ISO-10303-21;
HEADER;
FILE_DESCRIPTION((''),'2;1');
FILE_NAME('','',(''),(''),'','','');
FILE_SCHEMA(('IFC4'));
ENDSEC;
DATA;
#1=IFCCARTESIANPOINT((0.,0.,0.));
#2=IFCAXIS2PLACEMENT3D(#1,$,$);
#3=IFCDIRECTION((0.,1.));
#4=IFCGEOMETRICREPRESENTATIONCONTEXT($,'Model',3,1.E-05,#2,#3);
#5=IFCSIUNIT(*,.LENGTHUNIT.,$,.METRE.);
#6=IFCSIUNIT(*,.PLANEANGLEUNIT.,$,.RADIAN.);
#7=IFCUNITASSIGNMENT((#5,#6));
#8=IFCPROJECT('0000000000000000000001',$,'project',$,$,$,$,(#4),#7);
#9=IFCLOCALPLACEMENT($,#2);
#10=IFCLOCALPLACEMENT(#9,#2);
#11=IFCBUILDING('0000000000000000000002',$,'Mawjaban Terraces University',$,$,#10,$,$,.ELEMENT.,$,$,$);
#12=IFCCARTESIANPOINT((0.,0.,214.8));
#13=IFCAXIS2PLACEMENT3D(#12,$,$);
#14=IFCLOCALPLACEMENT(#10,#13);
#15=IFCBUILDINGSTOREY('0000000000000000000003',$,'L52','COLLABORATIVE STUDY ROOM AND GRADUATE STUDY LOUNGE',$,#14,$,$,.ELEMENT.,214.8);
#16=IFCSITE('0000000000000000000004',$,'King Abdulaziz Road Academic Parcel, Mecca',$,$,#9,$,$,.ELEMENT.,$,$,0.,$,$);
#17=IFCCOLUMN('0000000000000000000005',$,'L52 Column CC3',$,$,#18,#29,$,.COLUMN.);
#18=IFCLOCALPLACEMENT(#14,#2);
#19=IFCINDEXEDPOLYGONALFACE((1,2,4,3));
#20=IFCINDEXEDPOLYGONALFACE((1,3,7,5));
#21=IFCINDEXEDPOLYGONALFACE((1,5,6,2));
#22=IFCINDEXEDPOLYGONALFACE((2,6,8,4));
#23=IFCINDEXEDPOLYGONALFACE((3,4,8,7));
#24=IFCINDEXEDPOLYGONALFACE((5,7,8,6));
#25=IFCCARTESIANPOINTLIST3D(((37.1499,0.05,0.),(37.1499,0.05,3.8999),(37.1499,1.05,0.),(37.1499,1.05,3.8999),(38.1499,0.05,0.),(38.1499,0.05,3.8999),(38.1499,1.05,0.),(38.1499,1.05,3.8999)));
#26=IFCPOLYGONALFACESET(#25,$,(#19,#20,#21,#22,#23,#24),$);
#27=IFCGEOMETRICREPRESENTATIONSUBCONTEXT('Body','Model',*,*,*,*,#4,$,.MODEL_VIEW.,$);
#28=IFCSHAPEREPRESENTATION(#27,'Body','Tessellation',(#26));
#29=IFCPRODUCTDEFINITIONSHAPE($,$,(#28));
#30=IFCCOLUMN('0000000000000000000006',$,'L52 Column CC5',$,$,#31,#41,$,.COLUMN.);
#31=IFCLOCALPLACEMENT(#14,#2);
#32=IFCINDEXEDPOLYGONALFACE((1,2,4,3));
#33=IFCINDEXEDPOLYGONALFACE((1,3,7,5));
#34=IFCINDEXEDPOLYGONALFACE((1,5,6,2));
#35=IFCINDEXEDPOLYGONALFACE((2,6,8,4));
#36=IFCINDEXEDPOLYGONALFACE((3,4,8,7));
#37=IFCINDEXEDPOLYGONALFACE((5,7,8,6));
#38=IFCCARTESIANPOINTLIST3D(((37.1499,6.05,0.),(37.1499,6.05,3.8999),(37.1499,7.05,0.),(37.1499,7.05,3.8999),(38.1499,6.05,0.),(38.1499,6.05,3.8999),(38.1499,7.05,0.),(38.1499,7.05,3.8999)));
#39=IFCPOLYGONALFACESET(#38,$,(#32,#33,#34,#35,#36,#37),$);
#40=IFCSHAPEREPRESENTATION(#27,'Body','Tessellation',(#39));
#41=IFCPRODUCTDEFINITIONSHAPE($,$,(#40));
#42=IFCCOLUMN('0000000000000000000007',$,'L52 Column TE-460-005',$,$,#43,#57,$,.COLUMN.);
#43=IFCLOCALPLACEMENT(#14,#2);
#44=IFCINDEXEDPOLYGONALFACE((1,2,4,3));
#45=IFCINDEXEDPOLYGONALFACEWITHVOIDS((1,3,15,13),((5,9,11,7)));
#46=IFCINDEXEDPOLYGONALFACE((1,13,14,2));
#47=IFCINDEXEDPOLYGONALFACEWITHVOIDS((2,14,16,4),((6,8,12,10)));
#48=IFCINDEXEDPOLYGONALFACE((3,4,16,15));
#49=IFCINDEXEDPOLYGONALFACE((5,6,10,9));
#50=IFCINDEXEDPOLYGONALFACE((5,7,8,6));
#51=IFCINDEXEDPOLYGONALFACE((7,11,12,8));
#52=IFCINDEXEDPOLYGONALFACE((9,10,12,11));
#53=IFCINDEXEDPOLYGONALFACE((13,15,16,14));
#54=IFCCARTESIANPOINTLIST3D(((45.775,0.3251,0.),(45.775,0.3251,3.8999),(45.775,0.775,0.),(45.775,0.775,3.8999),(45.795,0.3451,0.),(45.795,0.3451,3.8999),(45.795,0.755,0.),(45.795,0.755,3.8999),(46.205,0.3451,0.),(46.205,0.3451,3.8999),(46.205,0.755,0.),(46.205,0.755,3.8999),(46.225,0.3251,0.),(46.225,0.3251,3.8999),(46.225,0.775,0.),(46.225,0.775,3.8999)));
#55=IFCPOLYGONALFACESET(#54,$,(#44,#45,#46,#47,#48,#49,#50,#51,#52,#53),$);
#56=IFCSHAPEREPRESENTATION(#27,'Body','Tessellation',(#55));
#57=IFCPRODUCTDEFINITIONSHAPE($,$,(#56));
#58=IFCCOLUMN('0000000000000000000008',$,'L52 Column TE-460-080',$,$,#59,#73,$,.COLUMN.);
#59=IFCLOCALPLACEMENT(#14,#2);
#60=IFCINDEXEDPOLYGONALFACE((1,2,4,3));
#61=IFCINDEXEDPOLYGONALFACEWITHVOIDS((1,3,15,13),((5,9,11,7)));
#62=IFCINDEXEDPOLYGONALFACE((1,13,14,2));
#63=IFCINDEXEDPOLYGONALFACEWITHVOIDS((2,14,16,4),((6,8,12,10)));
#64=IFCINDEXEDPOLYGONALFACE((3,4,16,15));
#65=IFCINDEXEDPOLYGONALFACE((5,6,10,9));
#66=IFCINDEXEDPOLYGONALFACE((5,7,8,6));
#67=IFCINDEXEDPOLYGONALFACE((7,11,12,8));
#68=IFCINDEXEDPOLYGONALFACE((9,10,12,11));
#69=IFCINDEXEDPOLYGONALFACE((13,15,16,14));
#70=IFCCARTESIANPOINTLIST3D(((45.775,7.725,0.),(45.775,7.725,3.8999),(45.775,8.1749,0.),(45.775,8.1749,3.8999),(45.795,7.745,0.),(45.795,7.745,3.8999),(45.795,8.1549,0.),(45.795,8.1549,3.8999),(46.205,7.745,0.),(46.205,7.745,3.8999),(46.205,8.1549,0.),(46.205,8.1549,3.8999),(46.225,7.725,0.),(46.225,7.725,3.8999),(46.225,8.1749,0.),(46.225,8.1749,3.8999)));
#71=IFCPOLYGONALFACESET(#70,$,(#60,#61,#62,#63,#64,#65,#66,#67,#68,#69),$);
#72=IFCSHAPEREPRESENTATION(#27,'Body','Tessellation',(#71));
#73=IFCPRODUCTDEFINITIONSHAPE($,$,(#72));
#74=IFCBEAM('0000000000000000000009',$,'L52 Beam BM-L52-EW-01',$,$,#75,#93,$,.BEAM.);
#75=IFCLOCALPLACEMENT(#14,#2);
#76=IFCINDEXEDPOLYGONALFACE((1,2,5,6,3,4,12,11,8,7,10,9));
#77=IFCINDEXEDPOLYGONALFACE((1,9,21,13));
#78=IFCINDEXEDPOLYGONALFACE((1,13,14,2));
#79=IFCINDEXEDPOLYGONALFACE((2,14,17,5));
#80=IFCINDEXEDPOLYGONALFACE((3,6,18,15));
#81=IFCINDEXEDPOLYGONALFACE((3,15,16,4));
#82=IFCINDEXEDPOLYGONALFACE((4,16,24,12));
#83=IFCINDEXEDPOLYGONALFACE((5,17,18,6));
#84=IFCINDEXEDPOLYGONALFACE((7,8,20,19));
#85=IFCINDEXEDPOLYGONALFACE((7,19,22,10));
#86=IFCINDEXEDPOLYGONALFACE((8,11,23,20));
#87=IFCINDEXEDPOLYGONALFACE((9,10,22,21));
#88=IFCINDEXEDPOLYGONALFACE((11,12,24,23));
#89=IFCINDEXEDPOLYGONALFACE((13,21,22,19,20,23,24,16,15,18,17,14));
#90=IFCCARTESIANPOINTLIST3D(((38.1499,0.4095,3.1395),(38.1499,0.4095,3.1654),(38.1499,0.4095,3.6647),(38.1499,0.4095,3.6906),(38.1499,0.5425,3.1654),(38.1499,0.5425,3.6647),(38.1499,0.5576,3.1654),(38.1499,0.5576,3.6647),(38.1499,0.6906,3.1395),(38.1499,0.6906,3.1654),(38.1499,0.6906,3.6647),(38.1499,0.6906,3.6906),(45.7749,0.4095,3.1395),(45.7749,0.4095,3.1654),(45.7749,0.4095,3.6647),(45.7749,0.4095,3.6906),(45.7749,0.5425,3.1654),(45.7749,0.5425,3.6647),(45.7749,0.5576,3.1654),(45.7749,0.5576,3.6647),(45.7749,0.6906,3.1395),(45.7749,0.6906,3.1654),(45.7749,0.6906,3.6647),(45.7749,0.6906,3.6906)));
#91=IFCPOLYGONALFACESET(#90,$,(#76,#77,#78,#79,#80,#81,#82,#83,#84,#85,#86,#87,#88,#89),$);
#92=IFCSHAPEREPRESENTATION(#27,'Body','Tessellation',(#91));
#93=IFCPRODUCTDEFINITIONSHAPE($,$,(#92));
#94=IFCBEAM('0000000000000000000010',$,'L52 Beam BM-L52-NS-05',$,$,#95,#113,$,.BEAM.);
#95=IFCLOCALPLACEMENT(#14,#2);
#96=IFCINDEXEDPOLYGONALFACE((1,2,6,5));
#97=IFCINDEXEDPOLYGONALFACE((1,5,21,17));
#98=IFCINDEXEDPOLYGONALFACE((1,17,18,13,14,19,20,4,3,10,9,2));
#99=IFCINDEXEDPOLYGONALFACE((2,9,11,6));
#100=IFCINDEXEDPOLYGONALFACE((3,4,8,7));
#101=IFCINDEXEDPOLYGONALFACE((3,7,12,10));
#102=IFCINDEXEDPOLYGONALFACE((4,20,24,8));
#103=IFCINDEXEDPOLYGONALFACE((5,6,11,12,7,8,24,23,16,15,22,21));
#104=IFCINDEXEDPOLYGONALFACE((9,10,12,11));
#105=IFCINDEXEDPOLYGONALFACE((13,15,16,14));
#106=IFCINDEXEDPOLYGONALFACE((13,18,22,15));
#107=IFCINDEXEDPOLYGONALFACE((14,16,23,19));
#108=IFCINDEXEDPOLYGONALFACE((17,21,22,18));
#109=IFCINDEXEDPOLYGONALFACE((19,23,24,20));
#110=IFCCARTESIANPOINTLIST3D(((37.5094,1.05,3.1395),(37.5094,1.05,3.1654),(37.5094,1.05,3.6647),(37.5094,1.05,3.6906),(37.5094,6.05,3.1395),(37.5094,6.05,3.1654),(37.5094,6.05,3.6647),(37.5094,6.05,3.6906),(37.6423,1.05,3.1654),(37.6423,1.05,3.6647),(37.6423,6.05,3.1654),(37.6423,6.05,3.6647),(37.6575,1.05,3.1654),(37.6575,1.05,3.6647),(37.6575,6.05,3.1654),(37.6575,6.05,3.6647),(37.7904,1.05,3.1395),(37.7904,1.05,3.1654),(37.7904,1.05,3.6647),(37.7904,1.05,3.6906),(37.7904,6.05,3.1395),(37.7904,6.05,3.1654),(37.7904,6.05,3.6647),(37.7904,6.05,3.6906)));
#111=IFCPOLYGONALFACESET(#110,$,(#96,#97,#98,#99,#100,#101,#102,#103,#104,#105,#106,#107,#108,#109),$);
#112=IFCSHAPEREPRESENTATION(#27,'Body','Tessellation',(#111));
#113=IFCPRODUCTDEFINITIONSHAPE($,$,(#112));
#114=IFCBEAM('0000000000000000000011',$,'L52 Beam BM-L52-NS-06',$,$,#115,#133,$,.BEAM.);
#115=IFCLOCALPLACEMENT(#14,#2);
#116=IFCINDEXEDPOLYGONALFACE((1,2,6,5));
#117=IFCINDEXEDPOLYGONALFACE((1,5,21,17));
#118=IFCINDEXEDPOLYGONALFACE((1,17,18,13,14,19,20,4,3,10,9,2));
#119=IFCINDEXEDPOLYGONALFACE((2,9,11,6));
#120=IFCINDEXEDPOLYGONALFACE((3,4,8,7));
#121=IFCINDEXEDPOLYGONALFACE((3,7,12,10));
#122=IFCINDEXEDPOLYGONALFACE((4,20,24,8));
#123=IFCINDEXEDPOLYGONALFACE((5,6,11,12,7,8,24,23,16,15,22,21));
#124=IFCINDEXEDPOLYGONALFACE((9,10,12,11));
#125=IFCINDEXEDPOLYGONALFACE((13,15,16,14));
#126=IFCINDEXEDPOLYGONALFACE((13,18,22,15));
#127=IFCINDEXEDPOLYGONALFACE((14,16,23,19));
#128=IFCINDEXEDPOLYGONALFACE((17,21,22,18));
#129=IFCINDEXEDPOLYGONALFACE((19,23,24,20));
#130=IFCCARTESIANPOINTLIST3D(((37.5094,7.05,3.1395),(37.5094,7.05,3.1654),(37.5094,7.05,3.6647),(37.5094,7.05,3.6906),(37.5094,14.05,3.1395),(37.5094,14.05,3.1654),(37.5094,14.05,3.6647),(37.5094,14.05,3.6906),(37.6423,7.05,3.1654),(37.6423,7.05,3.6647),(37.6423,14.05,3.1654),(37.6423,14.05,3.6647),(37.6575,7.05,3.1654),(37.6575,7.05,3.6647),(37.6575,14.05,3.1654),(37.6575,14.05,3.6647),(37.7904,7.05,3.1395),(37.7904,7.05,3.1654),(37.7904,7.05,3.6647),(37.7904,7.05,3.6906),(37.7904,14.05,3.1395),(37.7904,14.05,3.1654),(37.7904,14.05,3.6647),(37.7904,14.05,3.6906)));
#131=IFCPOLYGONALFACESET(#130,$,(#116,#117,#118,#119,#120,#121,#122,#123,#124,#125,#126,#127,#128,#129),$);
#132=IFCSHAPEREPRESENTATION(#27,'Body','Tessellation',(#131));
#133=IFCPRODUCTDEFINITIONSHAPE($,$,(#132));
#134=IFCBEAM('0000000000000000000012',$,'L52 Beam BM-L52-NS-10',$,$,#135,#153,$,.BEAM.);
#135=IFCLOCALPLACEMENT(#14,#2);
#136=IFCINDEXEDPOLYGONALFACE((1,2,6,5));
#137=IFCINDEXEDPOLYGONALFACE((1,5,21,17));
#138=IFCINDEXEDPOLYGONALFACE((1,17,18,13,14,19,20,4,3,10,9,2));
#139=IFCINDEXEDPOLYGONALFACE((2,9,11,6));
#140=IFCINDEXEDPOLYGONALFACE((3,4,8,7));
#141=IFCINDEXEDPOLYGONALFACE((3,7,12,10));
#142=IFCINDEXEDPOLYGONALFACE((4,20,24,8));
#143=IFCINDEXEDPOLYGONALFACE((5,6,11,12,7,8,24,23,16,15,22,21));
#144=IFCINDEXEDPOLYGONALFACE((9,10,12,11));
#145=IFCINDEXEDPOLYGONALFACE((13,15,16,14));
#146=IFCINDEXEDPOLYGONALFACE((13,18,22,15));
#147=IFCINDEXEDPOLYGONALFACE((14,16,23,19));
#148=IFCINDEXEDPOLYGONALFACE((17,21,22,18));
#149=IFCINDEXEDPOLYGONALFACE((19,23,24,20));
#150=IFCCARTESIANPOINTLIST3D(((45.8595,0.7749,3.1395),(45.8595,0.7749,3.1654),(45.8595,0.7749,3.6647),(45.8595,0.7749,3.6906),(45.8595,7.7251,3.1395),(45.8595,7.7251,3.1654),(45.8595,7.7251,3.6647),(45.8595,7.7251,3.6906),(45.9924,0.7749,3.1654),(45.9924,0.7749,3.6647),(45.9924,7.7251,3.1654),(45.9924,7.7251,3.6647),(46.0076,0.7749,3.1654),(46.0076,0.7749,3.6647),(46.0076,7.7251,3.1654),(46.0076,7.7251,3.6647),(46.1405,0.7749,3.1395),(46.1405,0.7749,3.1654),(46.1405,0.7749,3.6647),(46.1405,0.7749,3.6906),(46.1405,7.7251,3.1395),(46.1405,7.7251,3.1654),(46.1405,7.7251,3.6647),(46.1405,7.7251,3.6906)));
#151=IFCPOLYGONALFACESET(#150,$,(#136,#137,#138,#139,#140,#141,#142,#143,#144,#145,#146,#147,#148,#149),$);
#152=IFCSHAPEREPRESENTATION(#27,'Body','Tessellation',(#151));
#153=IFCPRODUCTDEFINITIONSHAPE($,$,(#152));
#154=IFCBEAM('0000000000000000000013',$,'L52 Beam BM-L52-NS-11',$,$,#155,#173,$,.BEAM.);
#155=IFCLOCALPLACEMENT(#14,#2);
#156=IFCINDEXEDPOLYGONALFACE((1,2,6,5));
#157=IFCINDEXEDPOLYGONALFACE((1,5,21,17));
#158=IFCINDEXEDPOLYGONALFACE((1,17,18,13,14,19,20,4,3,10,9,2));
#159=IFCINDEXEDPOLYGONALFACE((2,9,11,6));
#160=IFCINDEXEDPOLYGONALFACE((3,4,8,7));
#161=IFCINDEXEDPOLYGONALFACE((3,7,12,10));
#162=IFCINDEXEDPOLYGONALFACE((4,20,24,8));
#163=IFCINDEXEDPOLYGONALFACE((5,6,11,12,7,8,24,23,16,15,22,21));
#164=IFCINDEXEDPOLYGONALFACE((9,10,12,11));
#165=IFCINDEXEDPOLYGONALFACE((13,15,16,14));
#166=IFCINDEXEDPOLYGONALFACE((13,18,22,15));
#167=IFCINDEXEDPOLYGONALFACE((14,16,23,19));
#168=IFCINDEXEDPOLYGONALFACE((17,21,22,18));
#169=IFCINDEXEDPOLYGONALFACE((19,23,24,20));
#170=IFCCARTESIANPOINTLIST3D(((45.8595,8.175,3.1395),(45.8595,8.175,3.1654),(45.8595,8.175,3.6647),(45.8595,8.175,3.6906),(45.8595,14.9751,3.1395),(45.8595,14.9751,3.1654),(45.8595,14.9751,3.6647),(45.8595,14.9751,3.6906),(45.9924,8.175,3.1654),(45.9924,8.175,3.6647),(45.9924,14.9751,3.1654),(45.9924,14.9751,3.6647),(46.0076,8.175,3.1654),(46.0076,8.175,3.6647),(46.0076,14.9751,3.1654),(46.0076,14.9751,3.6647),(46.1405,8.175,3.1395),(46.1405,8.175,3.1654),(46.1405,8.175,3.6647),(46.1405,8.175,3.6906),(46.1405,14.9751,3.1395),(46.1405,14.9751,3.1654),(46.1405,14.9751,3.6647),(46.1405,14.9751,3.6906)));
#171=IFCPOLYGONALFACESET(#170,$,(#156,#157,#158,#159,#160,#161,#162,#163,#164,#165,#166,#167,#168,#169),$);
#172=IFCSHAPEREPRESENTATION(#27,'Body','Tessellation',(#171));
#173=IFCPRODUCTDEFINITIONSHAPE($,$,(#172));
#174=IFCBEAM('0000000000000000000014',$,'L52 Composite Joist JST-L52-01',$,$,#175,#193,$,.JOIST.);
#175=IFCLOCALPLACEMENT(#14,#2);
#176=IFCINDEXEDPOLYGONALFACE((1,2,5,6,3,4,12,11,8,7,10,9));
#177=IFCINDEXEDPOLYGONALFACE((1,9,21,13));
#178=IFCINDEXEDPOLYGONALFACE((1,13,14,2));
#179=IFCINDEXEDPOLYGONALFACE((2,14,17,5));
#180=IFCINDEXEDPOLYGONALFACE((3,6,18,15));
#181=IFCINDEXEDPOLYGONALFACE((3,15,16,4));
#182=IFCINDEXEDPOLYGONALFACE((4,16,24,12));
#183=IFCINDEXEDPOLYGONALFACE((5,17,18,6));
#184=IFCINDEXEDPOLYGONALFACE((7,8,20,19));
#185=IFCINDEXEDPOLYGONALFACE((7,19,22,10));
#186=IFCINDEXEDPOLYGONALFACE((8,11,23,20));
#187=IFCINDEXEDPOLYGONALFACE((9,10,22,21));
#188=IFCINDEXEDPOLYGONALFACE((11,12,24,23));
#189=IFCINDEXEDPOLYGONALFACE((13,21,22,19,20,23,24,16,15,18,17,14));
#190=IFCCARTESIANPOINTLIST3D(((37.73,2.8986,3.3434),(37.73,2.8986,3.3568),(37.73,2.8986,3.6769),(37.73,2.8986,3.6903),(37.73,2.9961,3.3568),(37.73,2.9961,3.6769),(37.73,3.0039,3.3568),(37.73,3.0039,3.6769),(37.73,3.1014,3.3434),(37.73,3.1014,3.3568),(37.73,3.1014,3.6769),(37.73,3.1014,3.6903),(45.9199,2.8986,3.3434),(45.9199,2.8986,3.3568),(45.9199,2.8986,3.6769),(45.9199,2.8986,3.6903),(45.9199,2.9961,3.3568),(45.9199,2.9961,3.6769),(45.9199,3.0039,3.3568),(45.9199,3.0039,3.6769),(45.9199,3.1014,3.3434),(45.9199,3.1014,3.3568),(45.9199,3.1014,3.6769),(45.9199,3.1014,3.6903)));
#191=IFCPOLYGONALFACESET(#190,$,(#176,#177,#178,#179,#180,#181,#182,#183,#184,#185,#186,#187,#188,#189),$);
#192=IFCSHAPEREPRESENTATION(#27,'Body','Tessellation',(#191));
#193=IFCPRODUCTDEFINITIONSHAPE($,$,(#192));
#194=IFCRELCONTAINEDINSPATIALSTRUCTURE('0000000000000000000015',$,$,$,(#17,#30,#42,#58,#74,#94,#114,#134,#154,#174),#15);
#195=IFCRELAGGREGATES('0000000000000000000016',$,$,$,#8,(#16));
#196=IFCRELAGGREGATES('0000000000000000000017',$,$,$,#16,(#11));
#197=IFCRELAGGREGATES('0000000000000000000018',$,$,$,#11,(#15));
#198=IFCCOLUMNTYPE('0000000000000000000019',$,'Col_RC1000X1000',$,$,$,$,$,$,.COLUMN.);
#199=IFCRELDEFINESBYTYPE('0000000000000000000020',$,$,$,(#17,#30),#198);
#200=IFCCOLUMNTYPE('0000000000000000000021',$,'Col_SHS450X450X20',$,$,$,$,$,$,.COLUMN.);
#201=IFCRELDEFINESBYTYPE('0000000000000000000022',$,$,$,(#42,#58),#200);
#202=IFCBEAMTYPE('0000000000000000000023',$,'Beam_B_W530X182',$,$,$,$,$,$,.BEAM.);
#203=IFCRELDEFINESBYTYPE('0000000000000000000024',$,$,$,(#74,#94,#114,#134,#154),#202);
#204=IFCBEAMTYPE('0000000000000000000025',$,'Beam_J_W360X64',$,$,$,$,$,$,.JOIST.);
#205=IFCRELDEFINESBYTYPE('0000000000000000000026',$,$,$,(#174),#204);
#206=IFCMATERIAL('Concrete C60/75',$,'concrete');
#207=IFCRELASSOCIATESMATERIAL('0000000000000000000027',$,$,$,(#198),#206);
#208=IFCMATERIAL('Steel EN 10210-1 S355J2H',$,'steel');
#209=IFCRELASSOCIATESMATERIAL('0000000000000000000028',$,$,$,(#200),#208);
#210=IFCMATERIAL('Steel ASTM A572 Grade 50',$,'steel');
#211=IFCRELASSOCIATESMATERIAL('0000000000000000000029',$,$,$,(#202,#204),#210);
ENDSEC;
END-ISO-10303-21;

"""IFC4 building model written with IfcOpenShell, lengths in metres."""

from ifc_helpers import new_model, si_unit, direction, frame, origin, origin_2d, place, context, subcontext, project, spatial, rectangle, hollow_rectangle, i_section, extrude, material, material_profile, profile_set, type_object, element, save


model = new_model("IFC4")

# Units and contexts
model_context = context("Model", 3, precision=1e-05, world=origin(), true_north=direction((0.0, 1.0)))
body_context = subcontext(model_context, "Body", "Model", "MODEL_VIEW")
ifc_project = project(units=[si_unit("LENGTHUNIT", "METRE"), si_unit("PLANEANGLEUNIT", "RADIAN")], contexts=[model_context])

# Site, building, storey
site_placement = place(None, origin())
site = spatial("IfcSite", under=ifc_project, at=site_placement, Name="King Abdulaziz Road Academic Parcel, Mecca", CompositionType="ELEMENT", RefElevation=0.0)
building_placement = place(site_placement, origin())
building = spatial("IfcBuilding", under=site, at=building_placement, Name="Mawjaban Terraces University", CompositionType="ELEMENT")
storey_placement = place(building_placement, frame((0.0, 0.0, 214.8)))
storey = spatial("IfcBuildingStorey", under=building, at=storey_placement, Name="L52", Description="COLLABORATIVE STUDY ROOM AND GRADUATE STUDY LOUNGE", CompositionType="ELEMENT", Elevation=214.8)

# Columns
ifc_material_1 = material(Name="Concrete C60/75", Category="concrete")
ifc_material_profile_1 = material_profile(ifc_material_1, rectangle(XDim=1.0, YDim=1.0, at=origin_2d()), Name="RC1000X1000")
ifc_profile_set_1 = profile_set([ifc_material_profile_1], Name="Concrete C60/75")
column_type_1 = type_object("IfcColumnType", Name="Col_RC1000X1000", PredefinedType="COLUMN", material=ifc_profile_set_1)
for number, where, z_axis, x_axis, name in (
    (1, (37.6499, 0.55, 0.0), (0.0, 0.0, 1.0), (1.0, 0.0, 0.0), "L52 Column CC3"),
    (2, (37.6499, 6.55, 0.0), (0.0, 0.0, 1.0), (1.0, 0.0, 0.0), "L52 Column CC5"),
):
    element("IfcColumn", number, at=place(storey_placement, frame(where, z_axis=z_axis, x_axis=x_axis)), inside=storey, type_object=column_type_1, Name=name, PredefinedType="COLUMN", context=body_context, shape_type="SweptSolid", body=[
        extrude(rectangle(XDim=1.0, YDim=1.0, at=origin_2d()), origin(), (0.0, 0.0, 1.0), 3.8999),
    ])
ifc_material_2 = material(Name="Steel EN 10210-1 S355J2H", Category="steel")
ifc_material_profile_2 = material_profile(ifc_material_2, hollow_rectangle(XDim=0.45, YDim=0.45, WallThickness=0.02, at=origin_2d()), Name="SHS450X450X20")
ifc_profile_set_2 = profile_set([ifc_material_profile_2], Name="Steel EN 10210-1 S355J2H")
column_type_2 = type_object("IfcColumnType", Name="Col_SHS450X450X20", PredefinedType="COLUMN", material=ifc_profile_set_2)
for number, where, z_axis, x_axis, name in (
    (3, (46.0, 0.55, 0.0), (0.0, 0.0, 1.0), (1.0, 0.0, 0.0), "L52 Column TE-460-005"),
    (4, (46.0, 7.95, 0.0), (0.0, 0.0, 1.0), (1.0, 0.0, 0.0), "L52 Column TE-460-080"),
):
    element("IfcColumn", number, at=place(storey_placement, frame(where, z_axis=z_axis, x_axis=x_axis)), inside=storey, type_object=column_type_2, Name=name, PredefinedType="COLUMN", context=body_context, shape_type="SweptSolid", body=[
        extrude(hollow_rectangle(XDim=0.45, YDim=0.45, WallThickness=0.02, at=origin_2d()), origin(), (0.0, 0.0, 1.0), 3.8999),
    ])

# Beams
ifc_material_3 = material(Name="Steel ASTM A572 Grade 50", Category="steel")
ifc_material_profile_3 = material_profile(ifc_material_3, i_section(OverallWidth=0.281, OverallDepth=0.551, WebThickness=0.0151, FlangeThickness=0.0259, at=origin_2d()), Name="W530X182")
ifc_profile_set_3 = profile_set([ifc_material_profile_3], Name="Steel ASTM A572 Grade 50")
beam_type_1 = type_object("IfcBeamType", Name="Beam_B_W530X182", PredefinedType="BEAM", material=ifc_profile_set_3)
beam_1_placement = place(storey_placement, frame((38.1499, 0.55, 3.415), z_axis=(1.0, 0.0, 0.0), x_axis=(0.0, 1.0, 0.0)))
element("IfcBeam", 5, at=beam_1_placement, inside=storey, type_object=beam_type_1, Name="L52 Beam BM-L52-EW-01", PredefinedType="BEAM", context=body_context, shape_type="SweptSolid", body=[
    extrude(i_section(OverallWidth=0.281, OverallDepth=0.551, WebThickness=0.0151, FlangeThickness=0.0259, at=origin_2d()), origin(), (0.0, 0.0, 1.0), 7.625),
])
beam_2_placement = place(storey_placement, frame((37.6499, 1.05, 3.415), z_axis=(0.0, 1.0, 0.0), x_axis=(-1.0, 0.0, 0.0)))
element("IfcBeam", 6, at=beam_2_placement, inside=storey, type_object=beam_type_1, Name="L52 Beam BM-L52-NS-05", PredefinedType="BEAM", context=body_context, shape_type="SweptSolid", body=[
    extrude(i_section(OverallWidth=0.281, OverallDepth=0.551, WebThickness=0.0151, FlangeThickness=0.0259, at=origin_2d()), origin(), (0.0, 0.0, 1.0), 5.0),
])
beam_3_placement = place(storey_placement, frame((37.6499, 7.05, 3.415), z_axis=(0.0, 1.0, 0.0), x_axis=(-1.0, 0.0, 0.0)))
element("IfcBeam", 7, at=beam_3_placement, inside=storey, type_object=beam_type_1, Name="L52 Beam BM-L52-NS-06", PredefinedType="BEAM", context=body_context, shape_type="SweptSolid", body=[
    extrude(i_section(OverallWidth=0.281, OverallDepth=0.551, WebThickness=0.0151, FlangeThickness=0.0259, at=origin_2d()), origin(), (0.0, 0.0, 1.0), 7.0),
])
beam_4_placement = place(storey_placement, frame((46.0, 0.7749, 3.415), z_axis=(0.0, 1.0, 0.0), x_axis=(-1.0, 0.0, 0.0)))
element("IfcBeam", 8, at=beam_4_placement, inside=storey, type_object=beam_type_1, Name="L52 Beam BM-L52-NS-10", PredefinedType="BEAM", context=body_context, shape_type="SweptSolid", body=[
    extrude(i_section(OverallWidth=0.281, OverallDepth=0.551, WebThickness=0.0151, FlangeThickness=0.0259, at=origin_2d()), origin(), (0.0, 0.0, 1.0), 6.9502),
])
beam_5_placement = place(storey_placement, frame((46.0, 8.175, 3.415), z_axis=(0.0, 1.0, 0.0), x_axis=(-1.0, 0.0, 0.0)))
element("IfcBeam", 9, at=beam_5_placement, inside=storey, type_object=beam_type_1, Name="L52 Beam BM-L52-NS-11", PredefinedType="BEAM", context=body_context, shape_type="SweptSolid", body=[
    extrude(i_section(OverallWidth=0.281, OverallDepth=0.551, WebThickness=0.0151, FlangeThickness=0.0259, at=origin_2d()), origin(), (0.0, 0.0, 1.0), 6.8),
])
ifc_material_profile_4 = material_profile(ifc_material_3, i_section(OverallWidth=0.2029, OverallDepth=0.3469, WebThickness=0.0078, FlangeThickness=0.0134, at=origin_2d()), Name="W360X64")
ifc_profile_set_4 = profile_set([ifc_material_profile_4], Name="Steel ASTM A572 Grade 50")
beam_type_2 = type_object("IfcBeamType", Name="Beam_J_W360X64", PredefinedType="JOIST", material=ifc_profile_set_4)
beam_6_placement = place(storey_placement, frame((37.73, 3.0, 3.5168), z_axis=(1.0, 0.0, 0.0), x_axis=(0.0, 1.0, 0.0)))
element("IfcBeam", 10, at=beam_6_placement, inside=storey, type_object=beam_type_2, Name="L52 Composite Joist JST-L52-01", PredefinedType="JOIST", context=body_context, shape_type="SweptSolid", body=[
    extrude(i_section(OverallWidth=0.2029, OverallDepth=0.3469, WebThickness=0.0078, FlangeThickness=0.0134, at=origin_2d()), origin(), (0.0, 0.0, 1.0), 8.1899),
])

save(model, "model.ifc")
